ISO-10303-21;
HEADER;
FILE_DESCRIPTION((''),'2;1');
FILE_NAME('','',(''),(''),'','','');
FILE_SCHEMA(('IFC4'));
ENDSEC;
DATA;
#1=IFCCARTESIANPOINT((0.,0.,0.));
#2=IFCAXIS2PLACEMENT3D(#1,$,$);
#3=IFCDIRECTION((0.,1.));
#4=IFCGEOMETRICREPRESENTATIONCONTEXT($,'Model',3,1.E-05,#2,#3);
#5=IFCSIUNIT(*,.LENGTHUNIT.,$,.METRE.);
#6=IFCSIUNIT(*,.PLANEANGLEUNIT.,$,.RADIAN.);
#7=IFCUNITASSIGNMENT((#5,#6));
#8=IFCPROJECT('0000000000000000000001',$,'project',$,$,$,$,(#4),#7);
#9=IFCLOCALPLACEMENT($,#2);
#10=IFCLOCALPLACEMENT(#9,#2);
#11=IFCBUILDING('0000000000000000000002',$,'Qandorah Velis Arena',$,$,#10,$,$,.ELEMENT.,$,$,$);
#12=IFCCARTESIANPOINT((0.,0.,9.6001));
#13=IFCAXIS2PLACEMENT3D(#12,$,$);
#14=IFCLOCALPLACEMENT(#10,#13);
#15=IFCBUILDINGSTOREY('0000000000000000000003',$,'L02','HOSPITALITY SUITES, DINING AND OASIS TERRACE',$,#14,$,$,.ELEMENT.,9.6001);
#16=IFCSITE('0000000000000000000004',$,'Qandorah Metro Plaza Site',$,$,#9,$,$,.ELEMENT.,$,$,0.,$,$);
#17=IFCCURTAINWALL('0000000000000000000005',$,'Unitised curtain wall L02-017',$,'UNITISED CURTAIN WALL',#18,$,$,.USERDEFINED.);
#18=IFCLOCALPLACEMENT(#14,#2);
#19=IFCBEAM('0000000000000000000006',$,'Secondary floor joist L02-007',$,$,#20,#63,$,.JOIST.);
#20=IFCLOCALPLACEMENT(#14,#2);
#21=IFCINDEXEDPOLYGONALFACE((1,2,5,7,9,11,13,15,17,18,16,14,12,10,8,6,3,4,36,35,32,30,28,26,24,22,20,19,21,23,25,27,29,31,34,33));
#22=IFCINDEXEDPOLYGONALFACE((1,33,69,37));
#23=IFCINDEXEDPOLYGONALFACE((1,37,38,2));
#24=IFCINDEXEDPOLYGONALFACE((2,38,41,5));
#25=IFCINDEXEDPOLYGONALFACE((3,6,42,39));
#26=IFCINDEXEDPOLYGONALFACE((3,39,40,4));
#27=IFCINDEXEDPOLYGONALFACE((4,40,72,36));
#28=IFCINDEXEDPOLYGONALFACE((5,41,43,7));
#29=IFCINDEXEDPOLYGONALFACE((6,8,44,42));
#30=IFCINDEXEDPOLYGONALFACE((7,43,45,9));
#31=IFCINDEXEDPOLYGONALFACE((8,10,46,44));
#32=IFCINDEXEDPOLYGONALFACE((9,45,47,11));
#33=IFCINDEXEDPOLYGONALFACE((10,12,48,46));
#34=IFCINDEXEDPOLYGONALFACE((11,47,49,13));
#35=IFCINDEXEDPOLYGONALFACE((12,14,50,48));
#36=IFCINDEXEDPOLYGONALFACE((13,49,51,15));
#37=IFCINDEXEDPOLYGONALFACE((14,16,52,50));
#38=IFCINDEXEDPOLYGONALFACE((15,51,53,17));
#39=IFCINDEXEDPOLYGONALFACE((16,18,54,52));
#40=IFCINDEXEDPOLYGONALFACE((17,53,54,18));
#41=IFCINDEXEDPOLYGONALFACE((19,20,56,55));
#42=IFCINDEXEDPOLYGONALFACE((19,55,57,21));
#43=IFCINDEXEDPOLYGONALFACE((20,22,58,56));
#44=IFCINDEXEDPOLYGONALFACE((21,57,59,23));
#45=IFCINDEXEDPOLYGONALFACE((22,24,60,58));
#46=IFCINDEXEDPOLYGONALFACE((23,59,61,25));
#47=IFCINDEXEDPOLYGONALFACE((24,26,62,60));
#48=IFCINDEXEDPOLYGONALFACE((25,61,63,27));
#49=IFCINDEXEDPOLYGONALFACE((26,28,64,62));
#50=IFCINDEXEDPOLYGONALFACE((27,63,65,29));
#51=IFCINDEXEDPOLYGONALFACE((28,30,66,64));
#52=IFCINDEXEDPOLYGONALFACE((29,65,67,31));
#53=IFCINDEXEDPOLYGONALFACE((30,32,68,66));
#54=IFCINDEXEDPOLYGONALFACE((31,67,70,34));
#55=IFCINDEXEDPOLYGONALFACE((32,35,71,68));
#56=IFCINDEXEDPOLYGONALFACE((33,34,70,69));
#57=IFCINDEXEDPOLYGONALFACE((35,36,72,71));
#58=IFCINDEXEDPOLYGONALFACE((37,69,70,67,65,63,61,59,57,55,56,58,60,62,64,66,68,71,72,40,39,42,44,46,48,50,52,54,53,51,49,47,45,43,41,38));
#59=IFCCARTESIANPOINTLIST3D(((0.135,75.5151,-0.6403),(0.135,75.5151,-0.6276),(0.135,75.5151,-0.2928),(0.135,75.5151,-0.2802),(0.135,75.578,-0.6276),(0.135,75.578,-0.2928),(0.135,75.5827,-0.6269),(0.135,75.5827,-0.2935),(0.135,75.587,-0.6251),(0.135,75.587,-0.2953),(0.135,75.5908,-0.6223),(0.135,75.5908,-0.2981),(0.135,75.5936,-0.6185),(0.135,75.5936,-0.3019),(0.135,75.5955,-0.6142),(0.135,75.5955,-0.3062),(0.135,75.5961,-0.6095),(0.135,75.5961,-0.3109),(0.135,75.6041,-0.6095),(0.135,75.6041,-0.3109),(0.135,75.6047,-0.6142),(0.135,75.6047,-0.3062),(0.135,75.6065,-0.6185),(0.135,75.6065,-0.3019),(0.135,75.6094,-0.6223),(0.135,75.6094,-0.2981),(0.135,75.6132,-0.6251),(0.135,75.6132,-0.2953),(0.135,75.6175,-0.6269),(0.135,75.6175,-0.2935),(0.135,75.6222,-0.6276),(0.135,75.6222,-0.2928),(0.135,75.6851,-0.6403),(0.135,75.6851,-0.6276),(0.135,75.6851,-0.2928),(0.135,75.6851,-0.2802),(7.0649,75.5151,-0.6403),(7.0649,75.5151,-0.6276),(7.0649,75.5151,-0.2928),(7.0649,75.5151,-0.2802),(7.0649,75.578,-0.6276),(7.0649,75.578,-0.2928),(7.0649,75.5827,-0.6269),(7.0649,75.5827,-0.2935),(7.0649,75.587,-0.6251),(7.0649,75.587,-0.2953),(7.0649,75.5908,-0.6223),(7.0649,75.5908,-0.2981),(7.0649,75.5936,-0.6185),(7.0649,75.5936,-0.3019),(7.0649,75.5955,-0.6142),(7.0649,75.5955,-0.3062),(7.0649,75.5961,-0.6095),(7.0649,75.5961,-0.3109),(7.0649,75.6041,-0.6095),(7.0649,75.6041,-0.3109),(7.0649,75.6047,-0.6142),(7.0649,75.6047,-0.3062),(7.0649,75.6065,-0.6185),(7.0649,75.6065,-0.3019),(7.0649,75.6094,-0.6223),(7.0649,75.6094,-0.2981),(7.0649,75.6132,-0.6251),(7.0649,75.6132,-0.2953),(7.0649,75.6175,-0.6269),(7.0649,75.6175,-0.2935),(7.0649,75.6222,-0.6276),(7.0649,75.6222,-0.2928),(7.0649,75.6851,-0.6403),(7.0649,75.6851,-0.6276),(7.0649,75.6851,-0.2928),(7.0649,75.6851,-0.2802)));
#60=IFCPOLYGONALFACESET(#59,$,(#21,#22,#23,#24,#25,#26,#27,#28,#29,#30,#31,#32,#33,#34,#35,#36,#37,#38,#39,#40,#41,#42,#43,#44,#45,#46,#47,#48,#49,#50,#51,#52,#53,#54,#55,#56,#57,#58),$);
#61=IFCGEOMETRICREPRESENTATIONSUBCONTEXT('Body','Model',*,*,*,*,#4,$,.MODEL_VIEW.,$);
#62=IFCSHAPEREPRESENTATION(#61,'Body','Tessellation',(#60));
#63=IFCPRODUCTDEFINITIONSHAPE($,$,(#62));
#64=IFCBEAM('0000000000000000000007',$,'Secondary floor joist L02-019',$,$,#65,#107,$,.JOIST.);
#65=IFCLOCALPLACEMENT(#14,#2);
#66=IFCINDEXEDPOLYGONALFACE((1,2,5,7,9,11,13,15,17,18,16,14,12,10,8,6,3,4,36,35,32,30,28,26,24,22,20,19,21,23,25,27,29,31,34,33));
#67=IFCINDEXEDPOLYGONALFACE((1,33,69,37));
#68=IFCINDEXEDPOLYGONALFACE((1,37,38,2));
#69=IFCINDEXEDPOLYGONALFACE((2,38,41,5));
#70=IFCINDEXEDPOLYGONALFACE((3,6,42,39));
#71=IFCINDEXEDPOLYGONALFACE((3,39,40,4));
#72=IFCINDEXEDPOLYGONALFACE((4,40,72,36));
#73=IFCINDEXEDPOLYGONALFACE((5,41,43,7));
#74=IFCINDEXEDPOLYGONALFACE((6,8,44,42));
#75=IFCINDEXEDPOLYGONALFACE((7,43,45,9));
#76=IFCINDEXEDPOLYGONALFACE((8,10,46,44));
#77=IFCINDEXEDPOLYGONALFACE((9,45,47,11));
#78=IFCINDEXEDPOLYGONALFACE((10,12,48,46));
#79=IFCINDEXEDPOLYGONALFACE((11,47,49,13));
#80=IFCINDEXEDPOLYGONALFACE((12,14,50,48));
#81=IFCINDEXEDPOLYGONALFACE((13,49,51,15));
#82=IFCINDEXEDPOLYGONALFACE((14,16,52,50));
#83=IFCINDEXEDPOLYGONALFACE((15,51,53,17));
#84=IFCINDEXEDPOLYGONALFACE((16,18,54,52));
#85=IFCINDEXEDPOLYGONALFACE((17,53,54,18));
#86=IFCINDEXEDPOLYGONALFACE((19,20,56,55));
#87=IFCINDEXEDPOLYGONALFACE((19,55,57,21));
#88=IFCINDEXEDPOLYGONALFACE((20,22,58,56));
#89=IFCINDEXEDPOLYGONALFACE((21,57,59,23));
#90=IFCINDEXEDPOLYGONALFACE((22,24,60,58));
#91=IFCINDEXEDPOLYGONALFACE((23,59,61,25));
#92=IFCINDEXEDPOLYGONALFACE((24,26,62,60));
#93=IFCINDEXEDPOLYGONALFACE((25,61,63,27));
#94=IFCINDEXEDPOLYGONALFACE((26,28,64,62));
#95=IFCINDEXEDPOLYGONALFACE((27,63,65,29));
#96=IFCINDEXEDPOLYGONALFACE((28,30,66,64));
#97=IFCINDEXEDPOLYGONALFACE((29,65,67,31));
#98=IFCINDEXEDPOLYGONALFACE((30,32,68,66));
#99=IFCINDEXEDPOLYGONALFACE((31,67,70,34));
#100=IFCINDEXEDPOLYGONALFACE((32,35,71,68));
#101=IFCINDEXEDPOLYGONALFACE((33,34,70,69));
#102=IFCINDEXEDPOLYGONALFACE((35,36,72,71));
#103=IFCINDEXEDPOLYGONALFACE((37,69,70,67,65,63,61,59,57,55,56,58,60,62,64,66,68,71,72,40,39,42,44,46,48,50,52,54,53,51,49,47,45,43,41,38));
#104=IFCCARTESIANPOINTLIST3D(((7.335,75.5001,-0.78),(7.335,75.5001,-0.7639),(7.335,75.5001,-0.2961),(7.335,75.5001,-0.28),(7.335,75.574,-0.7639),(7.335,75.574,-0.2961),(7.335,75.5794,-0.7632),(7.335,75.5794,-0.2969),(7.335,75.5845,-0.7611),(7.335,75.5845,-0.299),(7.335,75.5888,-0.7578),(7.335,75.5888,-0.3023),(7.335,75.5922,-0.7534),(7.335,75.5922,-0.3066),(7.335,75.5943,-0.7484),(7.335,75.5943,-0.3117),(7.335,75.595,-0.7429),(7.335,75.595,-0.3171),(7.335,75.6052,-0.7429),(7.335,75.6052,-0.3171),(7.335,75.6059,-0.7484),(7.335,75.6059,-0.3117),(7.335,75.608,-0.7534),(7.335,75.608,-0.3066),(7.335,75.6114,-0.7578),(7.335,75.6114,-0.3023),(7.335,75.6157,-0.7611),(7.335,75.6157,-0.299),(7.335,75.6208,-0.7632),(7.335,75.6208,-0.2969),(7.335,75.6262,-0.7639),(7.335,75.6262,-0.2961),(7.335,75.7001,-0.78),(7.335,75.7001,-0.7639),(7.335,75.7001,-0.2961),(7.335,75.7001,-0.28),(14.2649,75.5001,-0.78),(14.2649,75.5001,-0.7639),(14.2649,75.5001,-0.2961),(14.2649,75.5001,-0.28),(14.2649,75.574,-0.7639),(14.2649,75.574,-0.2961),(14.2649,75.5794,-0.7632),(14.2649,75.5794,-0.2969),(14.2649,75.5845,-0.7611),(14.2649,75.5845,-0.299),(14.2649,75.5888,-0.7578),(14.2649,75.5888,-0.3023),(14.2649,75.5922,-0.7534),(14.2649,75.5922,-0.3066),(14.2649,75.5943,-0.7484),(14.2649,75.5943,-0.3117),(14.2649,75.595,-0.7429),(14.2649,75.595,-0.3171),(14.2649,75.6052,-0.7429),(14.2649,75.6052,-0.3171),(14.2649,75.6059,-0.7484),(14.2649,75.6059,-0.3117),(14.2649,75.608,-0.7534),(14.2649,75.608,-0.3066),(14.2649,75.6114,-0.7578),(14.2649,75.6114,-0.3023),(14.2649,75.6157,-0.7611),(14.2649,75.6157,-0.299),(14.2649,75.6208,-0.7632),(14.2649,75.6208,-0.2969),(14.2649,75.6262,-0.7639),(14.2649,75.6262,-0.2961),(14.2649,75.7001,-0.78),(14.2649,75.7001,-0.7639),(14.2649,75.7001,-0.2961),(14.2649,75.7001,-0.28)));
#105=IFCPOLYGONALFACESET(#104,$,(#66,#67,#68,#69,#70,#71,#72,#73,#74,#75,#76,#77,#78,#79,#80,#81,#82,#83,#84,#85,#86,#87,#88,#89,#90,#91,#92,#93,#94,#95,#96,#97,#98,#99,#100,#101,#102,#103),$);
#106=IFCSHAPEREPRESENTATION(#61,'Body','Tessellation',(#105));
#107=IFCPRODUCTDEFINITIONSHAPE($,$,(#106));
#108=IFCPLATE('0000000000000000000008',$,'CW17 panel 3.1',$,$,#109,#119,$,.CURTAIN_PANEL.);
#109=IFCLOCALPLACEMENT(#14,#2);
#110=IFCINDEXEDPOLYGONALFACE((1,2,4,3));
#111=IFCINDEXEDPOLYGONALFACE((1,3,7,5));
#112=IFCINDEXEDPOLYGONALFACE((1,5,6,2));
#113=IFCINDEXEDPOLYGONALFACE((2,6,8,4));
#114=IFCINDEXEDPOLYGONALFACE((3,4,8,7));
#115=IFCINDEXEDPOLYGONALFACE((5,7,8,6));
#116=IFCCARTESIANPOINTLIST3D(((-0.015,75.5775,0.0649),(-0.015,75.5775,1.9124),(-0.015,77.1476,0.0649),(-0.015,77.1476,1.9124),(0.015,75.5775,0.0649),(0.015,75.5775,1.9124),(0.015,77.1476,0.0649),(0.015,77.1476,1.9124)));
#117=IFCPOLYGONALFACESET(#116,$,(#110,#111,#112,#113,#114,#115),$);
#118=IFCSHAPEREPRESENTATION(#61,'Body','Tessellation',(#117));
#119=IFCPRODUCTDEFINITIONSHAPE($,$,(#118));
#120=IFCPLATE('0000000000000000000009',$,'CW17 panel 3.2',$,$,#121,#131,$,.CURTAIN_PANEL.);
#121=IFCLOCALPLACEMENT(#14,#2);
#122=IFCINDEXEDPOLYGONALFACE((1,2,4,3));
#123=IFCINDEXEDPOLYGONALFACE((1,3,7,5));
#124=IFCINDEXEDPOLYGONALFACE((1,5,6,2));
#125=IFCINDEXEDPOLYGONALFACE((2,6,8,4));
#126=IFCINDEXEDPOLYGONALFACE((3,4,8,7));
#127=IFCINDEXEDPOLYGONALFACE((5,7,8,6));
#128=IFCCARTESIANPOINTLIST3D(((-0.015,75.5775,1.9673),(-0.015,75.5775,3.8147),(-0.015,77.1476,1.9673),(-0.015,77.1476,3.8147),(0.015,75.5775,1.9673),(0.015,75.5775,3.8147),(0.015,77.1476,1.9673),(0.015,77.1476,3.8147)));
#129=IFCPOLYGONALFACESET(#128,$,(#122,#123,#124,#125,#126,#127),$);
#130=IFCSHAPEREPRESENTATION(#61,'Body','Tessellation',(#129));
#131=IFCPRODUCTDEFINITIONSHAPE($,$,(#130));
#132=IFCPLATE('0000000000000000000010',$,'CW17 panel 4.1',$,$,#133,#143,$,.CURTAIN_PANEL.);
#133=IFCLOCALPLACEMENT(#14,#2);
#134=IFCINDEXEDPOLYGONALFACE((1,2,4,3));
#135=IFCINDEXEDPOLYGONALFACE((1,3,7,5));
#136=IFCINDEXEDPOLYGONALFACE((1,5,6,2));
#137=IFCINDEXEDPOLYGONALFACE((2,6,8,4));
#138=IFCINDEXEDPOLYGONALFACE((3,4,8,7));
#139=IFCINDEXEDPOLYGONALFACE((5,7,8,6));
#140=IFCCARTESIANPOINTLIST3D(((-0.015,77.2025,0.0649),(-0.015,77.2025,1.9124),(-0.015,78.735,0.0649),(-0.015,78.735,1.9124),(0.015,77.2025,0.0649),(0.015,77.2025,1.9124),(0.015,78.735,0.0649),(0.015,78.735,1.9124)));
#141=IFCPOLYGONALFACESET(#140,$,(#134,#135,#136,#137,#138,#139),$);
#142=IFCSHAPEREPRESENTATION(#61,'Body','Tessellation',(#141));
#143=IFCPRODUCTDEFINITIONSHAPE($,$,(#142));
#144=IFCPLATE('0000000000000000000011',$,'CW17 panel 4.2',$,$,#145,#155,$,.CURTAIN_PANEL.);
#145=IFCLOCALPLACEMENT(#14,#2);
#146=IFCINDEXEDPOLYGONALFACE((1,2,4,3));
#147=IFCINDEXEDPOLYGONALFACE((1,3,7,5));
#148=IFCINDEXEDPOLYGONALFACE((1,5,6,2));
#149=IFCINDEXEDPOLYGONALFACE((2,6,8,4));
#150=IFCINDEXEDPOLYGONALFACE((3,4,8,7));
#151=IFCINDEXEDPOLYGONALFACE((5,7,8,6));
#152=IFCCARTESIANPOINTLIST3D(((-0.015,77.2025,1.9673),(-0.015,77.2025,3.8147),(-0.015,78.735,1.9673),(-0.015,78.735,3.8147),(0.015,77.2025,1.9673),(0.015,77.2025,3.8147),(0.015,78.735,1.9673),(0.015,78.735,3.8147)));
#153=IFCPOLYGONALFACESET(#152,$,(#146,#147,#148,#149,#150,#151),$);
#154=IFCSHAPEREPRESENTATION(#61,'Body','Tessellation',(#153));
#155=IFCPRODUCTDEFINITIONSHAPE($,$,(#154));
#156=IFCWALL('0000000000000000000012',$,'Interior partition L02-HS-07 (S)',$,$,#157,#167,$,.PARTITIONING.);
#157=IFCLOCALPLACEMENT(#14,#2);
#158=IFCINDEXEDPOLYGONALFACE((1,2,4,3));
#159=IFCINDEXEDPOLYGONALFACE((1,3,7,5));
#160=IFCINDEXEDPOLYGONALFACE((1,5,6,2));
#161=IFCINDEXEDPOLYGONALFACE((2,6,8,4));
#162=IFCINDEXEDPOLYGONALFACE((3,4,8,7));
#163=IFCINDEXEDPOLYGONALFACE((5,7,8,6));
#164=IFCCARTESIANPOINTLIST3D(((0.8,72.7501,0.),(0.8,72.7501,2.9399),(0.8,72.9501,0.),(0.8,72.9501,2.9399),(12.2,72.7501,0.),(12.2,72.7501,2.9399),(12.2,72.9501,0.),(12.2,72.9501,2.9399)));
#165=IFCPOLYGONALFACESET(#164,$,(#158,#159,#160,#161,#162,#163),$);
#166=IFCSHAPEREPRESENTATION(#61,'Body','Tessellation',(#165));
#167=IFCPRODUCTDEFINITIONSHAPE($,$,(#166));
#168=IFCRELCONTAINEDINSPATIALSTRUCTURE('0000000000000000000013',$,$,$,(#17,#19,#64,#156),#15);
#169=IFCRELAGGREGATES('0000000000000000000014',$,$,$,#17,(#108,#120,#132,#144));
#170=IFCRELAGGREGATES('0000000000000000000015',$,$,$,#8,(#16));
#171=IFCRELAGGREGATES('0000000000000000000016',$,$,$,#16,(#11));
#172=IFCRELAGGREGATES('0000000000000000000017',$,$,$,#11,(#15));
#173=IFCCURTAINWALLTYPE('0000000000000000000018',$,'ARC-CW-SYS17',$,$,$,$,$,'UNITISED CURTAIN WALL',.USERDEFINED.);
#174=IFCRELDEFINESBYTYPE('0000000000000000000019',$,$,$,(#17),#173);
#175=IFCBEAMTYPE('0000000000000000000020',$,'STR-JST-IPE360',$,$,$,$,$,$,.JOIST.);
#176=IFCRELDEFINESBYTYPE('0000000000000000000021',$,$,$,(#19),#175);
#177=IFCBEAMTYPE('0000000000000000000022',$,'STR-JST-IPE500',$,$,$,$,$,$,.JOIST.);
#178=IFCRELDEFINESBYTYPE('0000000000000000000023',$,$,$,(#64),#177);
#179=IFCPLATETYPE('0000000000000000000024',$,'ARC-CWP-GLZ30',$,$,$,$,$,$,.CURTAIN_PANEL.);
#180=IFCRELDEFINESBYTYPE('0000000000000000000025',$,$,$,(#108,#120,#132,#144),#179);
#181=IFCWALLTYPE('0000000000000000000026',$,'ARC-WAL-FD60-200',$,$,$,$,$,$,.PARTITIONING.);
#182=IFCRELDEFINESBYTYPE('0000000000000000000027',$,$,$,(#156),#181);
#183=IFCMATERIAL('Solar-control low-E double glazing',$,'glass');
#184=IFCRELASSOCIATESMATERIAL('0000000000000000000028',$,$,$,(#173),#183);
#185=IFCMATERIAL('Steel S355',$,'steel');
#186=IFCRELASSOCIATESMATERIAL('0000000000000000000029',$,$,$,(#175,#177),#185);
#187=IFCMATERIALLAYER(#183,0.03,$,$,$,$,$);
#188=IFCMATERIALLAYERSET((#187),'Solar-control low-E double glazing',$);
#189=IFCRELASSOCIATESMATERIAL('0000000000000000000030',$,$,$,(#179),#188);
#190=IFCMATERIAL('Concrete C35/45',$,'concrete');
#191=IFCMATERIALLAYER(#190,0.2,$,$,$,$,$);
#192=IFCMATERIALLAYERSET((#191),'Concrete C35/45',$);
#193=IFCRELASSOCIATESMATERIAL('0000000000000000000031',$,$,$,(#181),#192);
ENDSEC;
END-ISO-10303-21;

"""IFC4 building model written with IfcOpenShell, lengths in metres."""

from ifc_helpers import new_model, si_unit, direction, frame, frame_2d, origin, origin_2d, place, context, subcontext, project, spatial, rectangle, i_section, extrude, material, layer, layer_set, material_profile, profile_set, type_object, element, aggregate, save


model = new_model("IFC4")

# Units and contexts
model_context = context("Model", 3, precision=1e-05, world=origin(), true_north=direction((0.0, 1.0)))
body_context = subcontext(model_context, "Body", "Model", "MODEL_VIEW")
ifc_project = project(units=[si_unit("LENGTHUNIT", "METRE"), si_unit("PLANEANGLEUNIT", "RADIAN")], contexts=[model_context])

# Site, building, storey
site_placement = place(None, origin())
site = spatial("IfcSite", under=ifc_project, at=site_placement, Name="Qandorah Metro Plaza Site", CompositionType="ELEMENT", RefElevation=0.0)
building_placement = place(site_placement, origin())
building = spatial("IfcBuilding", under=site, at=building_placement, Name="Qandorah Velis Arena", CompositionType="ELEMENT")
storey_placement = place(building_placement, frame((0.0, 0.0, 9.6001)))
storey = spatial("IfcBuildingStorey", under=building, at=storey_placement, Name="L02", Description="HOSPITALITY SUITES, DINING AND OASIS TERRACE", CompositionType="ELEMENT", Elevation=9.6001)

# Curtain wall
ifc_material_1 = material(Name="Solar-control low-E double glazing", Category="glass")
curtain_wall_type = type_object("IfcCurtainWallType", Name="ARC-CW-SYS17", ElementType="UNITISED CURTAIN WALL", PredefinedType="USERDEFINED", material=ifc_material_1)
curtain_wall_placement = place(storey_placement, origin())
curtain_wall = element("IfcCurtainWall", 1, at=curtain_wall_placement, inside=storey, type_object=curtain_wall_type, Name="Unitised curtain wall L02-017", ObjectType="UNITISED CURTAIN WALL", PredefinedType="USERDEFINED")

# Beams
ifc_material_2 = material(Name="Steel S355", Category="steel")
ifc_material_profile_1 = material_profile(ifc_material_2, i_section(OverallWidth=0.1699, OverallDepth=0.3601, WebThickness=0.0081, FlangeThickness=0.0127, FilletRadius=0.0181, at=origin_2d()), Name="IPE 360")
ifc_profile_set_1 = profile_set([ifc_material_profile_1], Name="Steel S355")
beam_type_1 = type_object("IfcBeamType", Name="STR-JST-IPE360", PredefinedType="JOIST", material=ifc_profile_set_1)
beam_1_placement = place(storey_placement, frame((0.135, 75.6001, -0.4602), z_axis=(1.0, 0.0, 0.0), x_axis=(0.0, 1.0, 0.0)))
element("IfcBeam", 2, at=beam_1_placement, inside=storey, type_object=beam_type_1, Name="Secondary floor joist L02-007", PredefinedType="JOIST", context=body_context, shape_type="SweptSolid", body=[
    extrude(i_section(OverallWidth=0.1699, OverallDepth=0.3601, WebThickness=0.0081, FlangeThickness=0.0127, FilletRadius=0.0181, at=origin_2d()), origin(), (0.0, 0.0, 1.0), 6.9299),
])
ifc_material_profile_2 = material_profile(ifc_material_2, i_section(OverallWidth=0.2, OverallDepth=0.5, WebThickness=0.0103, FlangeThickness=0.0161, FilletRadius=0.021, at=origin_2d()), Name="IPE 500")
ifc_profile_set_2 = profile_set([ifc_material_profile_2], Name="Steel S355")
beam_type_2 = type_object("IfcBeamType", Name="STR-JST-IPE500", PredefinedType="JOIST", material=ifc_profile_set_2)
beam_2_placement = place(storey_placement, frame((7.335, 75.6001, -0.53), z_axis=(1.0, 0.0, 0.0), x_axis=(0.0, 1.0, 0.0)))
element("IfcBeam", 3, at=beam_2_placement, inside=storey, type_object=beam_type_2, Name="Secondary floor joist L02-019", PredefinedType="JOIST", context=body_context, shape_type="SweptSolid", body=[
    extrude(i_section(OverallWidth=0.2, OverallDepth=0.5, WebThickness=0.0103, FlangeThickness=0.0161, FilletRadius=0.021, at=origin_2d()), origin(), (0.0, 0.0, 1.0), 6.9299),
])

# Plates
ifc_layer_1 = layer(ifc_material_1, 0.03)
ifc_layer_set_1 = layer_set([ifc_layer_1], Name="Solar-control low-E double glazing")
plate_type = type_object("IfcPlateType", Name="ARC-CWP-GLZ30", PredefinedType="CURTAIN_PANEL", material=ifc_layer_set_1)
plate_1_placement = place(storey_placement, frame((0.0, 76.3625, 0.0649), z_axis=(0.0, 0.0, 1.0), x_axis=(0.0, 1.0, 0.0)))
plate_1 = element("IfcPlate", 4, at=plate_1_placement, type_object=plate_type, Name="CW17 panel 3.1", PredefinedType="CURTAIN_PANEL", context=body_context, shape_type="SweptSolid", body=[
    extrude(rectangle(XDim=1.5701, YDim=0.03, at=origin_2d()), origin(), (0.0, 0.0, 1.0), 1.8474),
])
plate_2_placement = place(storey_placement, frame((0.0, 76.3625, 1.9673), z_axis=(0.0, 0.0, 1.0), x_axis=(0.0, 1.0, 0.0)))
plate_2 = element("IfcPlate", 5, at=plate_2_placement, type_object=plate_type, Name="CW17 panel 3.2", PredefinedType="CURTAIN_PANEL", context=body_context, shape_type="SweptSolid", body=[
    extrude(rectangle(XDim=1.5701, YDim=0.03, at=origin_2d()), origin(), (0.0, 0.0, 1.0), 1.8474),
])
plate_3_placement = place(storey_placement, frame((0.0, 77.9688, 0.0649), z_axis=(0.0, 0.0, 1.0), x_axis=(0.0, 1.0, 0.0)))
plate_3 = element("IfcPlate", 6, at=plate_3_placement, type_object=plate_type, Name="CW17 panel 4.1", PredefinedType="CURTAIN_PANEL", context=body_context, shape_type="SweptSolid", body=[
    extrude(rectangle(XDim=1.5325, YDim=0.03, at=origin_2d()), origin(), (0.0, 0.0, 1.0), 1.8474),
])
plate_4_placement = place(storey_placement, frame((0.0, 77.9688, 1.9673), z_axis=(0.0, 0.0, 1.0), x_axis=(0.0, 1.0, 0.0)))
plate_4 = element("IfcPlate", 7, at=plate_4_placement, type_object=plate_type, Name="CW17 panel 4.2", PredefinedType="CURTAIN_PANEL", context=body_context, shape_type="SweptSolid", body=[
    extrude(rectangle(XDim=1.5325, YDim=0.03, at=origin_2d()), origin(), (0.0, 0.0, 1.0), 1.8474),
])
aggregate(curtain_wall, [plate_1, plate_2, plate_3, plate_4])

# Wall
ifc_material_3 = material(Name="Concrete C35/45", Category="concrete")
ifc_layer_2 = layer(ifc_material_3, 0.2)
ifc_layer_set_2 = layer_set([ifc_layer_2], Name="Concrete C35/45")
wall_type_1 = type_object("IfcWallType", Name="ARC-WAL-FD60-200", PredefinedType="PARTITIONING", material=ifc_layer_set_2)
wall_1_placement = place(storey_placement, frame((0.8, 72.8501, 0.0), z_axis=(0.0, 0.0, 1.0), x_axis=(1.0, 0.0, 0.0)))
element("IfcWall", 8, at=wall_1_placement, inside=storey, type_object=wall_type_1, Name="Interior partition L02-HS-07 (S)", PredefinedType="PARTITIONING", context=body_context, shape_type="SweptSolid", body=[
    extrude(rectangle(XDim=11.3999, YDim=0.2, at=frame_2d((5.7, 0.0))), origin(), (0.0, 0.0, 1.0), 2.9399),
])

save(model, "model.ifc")
